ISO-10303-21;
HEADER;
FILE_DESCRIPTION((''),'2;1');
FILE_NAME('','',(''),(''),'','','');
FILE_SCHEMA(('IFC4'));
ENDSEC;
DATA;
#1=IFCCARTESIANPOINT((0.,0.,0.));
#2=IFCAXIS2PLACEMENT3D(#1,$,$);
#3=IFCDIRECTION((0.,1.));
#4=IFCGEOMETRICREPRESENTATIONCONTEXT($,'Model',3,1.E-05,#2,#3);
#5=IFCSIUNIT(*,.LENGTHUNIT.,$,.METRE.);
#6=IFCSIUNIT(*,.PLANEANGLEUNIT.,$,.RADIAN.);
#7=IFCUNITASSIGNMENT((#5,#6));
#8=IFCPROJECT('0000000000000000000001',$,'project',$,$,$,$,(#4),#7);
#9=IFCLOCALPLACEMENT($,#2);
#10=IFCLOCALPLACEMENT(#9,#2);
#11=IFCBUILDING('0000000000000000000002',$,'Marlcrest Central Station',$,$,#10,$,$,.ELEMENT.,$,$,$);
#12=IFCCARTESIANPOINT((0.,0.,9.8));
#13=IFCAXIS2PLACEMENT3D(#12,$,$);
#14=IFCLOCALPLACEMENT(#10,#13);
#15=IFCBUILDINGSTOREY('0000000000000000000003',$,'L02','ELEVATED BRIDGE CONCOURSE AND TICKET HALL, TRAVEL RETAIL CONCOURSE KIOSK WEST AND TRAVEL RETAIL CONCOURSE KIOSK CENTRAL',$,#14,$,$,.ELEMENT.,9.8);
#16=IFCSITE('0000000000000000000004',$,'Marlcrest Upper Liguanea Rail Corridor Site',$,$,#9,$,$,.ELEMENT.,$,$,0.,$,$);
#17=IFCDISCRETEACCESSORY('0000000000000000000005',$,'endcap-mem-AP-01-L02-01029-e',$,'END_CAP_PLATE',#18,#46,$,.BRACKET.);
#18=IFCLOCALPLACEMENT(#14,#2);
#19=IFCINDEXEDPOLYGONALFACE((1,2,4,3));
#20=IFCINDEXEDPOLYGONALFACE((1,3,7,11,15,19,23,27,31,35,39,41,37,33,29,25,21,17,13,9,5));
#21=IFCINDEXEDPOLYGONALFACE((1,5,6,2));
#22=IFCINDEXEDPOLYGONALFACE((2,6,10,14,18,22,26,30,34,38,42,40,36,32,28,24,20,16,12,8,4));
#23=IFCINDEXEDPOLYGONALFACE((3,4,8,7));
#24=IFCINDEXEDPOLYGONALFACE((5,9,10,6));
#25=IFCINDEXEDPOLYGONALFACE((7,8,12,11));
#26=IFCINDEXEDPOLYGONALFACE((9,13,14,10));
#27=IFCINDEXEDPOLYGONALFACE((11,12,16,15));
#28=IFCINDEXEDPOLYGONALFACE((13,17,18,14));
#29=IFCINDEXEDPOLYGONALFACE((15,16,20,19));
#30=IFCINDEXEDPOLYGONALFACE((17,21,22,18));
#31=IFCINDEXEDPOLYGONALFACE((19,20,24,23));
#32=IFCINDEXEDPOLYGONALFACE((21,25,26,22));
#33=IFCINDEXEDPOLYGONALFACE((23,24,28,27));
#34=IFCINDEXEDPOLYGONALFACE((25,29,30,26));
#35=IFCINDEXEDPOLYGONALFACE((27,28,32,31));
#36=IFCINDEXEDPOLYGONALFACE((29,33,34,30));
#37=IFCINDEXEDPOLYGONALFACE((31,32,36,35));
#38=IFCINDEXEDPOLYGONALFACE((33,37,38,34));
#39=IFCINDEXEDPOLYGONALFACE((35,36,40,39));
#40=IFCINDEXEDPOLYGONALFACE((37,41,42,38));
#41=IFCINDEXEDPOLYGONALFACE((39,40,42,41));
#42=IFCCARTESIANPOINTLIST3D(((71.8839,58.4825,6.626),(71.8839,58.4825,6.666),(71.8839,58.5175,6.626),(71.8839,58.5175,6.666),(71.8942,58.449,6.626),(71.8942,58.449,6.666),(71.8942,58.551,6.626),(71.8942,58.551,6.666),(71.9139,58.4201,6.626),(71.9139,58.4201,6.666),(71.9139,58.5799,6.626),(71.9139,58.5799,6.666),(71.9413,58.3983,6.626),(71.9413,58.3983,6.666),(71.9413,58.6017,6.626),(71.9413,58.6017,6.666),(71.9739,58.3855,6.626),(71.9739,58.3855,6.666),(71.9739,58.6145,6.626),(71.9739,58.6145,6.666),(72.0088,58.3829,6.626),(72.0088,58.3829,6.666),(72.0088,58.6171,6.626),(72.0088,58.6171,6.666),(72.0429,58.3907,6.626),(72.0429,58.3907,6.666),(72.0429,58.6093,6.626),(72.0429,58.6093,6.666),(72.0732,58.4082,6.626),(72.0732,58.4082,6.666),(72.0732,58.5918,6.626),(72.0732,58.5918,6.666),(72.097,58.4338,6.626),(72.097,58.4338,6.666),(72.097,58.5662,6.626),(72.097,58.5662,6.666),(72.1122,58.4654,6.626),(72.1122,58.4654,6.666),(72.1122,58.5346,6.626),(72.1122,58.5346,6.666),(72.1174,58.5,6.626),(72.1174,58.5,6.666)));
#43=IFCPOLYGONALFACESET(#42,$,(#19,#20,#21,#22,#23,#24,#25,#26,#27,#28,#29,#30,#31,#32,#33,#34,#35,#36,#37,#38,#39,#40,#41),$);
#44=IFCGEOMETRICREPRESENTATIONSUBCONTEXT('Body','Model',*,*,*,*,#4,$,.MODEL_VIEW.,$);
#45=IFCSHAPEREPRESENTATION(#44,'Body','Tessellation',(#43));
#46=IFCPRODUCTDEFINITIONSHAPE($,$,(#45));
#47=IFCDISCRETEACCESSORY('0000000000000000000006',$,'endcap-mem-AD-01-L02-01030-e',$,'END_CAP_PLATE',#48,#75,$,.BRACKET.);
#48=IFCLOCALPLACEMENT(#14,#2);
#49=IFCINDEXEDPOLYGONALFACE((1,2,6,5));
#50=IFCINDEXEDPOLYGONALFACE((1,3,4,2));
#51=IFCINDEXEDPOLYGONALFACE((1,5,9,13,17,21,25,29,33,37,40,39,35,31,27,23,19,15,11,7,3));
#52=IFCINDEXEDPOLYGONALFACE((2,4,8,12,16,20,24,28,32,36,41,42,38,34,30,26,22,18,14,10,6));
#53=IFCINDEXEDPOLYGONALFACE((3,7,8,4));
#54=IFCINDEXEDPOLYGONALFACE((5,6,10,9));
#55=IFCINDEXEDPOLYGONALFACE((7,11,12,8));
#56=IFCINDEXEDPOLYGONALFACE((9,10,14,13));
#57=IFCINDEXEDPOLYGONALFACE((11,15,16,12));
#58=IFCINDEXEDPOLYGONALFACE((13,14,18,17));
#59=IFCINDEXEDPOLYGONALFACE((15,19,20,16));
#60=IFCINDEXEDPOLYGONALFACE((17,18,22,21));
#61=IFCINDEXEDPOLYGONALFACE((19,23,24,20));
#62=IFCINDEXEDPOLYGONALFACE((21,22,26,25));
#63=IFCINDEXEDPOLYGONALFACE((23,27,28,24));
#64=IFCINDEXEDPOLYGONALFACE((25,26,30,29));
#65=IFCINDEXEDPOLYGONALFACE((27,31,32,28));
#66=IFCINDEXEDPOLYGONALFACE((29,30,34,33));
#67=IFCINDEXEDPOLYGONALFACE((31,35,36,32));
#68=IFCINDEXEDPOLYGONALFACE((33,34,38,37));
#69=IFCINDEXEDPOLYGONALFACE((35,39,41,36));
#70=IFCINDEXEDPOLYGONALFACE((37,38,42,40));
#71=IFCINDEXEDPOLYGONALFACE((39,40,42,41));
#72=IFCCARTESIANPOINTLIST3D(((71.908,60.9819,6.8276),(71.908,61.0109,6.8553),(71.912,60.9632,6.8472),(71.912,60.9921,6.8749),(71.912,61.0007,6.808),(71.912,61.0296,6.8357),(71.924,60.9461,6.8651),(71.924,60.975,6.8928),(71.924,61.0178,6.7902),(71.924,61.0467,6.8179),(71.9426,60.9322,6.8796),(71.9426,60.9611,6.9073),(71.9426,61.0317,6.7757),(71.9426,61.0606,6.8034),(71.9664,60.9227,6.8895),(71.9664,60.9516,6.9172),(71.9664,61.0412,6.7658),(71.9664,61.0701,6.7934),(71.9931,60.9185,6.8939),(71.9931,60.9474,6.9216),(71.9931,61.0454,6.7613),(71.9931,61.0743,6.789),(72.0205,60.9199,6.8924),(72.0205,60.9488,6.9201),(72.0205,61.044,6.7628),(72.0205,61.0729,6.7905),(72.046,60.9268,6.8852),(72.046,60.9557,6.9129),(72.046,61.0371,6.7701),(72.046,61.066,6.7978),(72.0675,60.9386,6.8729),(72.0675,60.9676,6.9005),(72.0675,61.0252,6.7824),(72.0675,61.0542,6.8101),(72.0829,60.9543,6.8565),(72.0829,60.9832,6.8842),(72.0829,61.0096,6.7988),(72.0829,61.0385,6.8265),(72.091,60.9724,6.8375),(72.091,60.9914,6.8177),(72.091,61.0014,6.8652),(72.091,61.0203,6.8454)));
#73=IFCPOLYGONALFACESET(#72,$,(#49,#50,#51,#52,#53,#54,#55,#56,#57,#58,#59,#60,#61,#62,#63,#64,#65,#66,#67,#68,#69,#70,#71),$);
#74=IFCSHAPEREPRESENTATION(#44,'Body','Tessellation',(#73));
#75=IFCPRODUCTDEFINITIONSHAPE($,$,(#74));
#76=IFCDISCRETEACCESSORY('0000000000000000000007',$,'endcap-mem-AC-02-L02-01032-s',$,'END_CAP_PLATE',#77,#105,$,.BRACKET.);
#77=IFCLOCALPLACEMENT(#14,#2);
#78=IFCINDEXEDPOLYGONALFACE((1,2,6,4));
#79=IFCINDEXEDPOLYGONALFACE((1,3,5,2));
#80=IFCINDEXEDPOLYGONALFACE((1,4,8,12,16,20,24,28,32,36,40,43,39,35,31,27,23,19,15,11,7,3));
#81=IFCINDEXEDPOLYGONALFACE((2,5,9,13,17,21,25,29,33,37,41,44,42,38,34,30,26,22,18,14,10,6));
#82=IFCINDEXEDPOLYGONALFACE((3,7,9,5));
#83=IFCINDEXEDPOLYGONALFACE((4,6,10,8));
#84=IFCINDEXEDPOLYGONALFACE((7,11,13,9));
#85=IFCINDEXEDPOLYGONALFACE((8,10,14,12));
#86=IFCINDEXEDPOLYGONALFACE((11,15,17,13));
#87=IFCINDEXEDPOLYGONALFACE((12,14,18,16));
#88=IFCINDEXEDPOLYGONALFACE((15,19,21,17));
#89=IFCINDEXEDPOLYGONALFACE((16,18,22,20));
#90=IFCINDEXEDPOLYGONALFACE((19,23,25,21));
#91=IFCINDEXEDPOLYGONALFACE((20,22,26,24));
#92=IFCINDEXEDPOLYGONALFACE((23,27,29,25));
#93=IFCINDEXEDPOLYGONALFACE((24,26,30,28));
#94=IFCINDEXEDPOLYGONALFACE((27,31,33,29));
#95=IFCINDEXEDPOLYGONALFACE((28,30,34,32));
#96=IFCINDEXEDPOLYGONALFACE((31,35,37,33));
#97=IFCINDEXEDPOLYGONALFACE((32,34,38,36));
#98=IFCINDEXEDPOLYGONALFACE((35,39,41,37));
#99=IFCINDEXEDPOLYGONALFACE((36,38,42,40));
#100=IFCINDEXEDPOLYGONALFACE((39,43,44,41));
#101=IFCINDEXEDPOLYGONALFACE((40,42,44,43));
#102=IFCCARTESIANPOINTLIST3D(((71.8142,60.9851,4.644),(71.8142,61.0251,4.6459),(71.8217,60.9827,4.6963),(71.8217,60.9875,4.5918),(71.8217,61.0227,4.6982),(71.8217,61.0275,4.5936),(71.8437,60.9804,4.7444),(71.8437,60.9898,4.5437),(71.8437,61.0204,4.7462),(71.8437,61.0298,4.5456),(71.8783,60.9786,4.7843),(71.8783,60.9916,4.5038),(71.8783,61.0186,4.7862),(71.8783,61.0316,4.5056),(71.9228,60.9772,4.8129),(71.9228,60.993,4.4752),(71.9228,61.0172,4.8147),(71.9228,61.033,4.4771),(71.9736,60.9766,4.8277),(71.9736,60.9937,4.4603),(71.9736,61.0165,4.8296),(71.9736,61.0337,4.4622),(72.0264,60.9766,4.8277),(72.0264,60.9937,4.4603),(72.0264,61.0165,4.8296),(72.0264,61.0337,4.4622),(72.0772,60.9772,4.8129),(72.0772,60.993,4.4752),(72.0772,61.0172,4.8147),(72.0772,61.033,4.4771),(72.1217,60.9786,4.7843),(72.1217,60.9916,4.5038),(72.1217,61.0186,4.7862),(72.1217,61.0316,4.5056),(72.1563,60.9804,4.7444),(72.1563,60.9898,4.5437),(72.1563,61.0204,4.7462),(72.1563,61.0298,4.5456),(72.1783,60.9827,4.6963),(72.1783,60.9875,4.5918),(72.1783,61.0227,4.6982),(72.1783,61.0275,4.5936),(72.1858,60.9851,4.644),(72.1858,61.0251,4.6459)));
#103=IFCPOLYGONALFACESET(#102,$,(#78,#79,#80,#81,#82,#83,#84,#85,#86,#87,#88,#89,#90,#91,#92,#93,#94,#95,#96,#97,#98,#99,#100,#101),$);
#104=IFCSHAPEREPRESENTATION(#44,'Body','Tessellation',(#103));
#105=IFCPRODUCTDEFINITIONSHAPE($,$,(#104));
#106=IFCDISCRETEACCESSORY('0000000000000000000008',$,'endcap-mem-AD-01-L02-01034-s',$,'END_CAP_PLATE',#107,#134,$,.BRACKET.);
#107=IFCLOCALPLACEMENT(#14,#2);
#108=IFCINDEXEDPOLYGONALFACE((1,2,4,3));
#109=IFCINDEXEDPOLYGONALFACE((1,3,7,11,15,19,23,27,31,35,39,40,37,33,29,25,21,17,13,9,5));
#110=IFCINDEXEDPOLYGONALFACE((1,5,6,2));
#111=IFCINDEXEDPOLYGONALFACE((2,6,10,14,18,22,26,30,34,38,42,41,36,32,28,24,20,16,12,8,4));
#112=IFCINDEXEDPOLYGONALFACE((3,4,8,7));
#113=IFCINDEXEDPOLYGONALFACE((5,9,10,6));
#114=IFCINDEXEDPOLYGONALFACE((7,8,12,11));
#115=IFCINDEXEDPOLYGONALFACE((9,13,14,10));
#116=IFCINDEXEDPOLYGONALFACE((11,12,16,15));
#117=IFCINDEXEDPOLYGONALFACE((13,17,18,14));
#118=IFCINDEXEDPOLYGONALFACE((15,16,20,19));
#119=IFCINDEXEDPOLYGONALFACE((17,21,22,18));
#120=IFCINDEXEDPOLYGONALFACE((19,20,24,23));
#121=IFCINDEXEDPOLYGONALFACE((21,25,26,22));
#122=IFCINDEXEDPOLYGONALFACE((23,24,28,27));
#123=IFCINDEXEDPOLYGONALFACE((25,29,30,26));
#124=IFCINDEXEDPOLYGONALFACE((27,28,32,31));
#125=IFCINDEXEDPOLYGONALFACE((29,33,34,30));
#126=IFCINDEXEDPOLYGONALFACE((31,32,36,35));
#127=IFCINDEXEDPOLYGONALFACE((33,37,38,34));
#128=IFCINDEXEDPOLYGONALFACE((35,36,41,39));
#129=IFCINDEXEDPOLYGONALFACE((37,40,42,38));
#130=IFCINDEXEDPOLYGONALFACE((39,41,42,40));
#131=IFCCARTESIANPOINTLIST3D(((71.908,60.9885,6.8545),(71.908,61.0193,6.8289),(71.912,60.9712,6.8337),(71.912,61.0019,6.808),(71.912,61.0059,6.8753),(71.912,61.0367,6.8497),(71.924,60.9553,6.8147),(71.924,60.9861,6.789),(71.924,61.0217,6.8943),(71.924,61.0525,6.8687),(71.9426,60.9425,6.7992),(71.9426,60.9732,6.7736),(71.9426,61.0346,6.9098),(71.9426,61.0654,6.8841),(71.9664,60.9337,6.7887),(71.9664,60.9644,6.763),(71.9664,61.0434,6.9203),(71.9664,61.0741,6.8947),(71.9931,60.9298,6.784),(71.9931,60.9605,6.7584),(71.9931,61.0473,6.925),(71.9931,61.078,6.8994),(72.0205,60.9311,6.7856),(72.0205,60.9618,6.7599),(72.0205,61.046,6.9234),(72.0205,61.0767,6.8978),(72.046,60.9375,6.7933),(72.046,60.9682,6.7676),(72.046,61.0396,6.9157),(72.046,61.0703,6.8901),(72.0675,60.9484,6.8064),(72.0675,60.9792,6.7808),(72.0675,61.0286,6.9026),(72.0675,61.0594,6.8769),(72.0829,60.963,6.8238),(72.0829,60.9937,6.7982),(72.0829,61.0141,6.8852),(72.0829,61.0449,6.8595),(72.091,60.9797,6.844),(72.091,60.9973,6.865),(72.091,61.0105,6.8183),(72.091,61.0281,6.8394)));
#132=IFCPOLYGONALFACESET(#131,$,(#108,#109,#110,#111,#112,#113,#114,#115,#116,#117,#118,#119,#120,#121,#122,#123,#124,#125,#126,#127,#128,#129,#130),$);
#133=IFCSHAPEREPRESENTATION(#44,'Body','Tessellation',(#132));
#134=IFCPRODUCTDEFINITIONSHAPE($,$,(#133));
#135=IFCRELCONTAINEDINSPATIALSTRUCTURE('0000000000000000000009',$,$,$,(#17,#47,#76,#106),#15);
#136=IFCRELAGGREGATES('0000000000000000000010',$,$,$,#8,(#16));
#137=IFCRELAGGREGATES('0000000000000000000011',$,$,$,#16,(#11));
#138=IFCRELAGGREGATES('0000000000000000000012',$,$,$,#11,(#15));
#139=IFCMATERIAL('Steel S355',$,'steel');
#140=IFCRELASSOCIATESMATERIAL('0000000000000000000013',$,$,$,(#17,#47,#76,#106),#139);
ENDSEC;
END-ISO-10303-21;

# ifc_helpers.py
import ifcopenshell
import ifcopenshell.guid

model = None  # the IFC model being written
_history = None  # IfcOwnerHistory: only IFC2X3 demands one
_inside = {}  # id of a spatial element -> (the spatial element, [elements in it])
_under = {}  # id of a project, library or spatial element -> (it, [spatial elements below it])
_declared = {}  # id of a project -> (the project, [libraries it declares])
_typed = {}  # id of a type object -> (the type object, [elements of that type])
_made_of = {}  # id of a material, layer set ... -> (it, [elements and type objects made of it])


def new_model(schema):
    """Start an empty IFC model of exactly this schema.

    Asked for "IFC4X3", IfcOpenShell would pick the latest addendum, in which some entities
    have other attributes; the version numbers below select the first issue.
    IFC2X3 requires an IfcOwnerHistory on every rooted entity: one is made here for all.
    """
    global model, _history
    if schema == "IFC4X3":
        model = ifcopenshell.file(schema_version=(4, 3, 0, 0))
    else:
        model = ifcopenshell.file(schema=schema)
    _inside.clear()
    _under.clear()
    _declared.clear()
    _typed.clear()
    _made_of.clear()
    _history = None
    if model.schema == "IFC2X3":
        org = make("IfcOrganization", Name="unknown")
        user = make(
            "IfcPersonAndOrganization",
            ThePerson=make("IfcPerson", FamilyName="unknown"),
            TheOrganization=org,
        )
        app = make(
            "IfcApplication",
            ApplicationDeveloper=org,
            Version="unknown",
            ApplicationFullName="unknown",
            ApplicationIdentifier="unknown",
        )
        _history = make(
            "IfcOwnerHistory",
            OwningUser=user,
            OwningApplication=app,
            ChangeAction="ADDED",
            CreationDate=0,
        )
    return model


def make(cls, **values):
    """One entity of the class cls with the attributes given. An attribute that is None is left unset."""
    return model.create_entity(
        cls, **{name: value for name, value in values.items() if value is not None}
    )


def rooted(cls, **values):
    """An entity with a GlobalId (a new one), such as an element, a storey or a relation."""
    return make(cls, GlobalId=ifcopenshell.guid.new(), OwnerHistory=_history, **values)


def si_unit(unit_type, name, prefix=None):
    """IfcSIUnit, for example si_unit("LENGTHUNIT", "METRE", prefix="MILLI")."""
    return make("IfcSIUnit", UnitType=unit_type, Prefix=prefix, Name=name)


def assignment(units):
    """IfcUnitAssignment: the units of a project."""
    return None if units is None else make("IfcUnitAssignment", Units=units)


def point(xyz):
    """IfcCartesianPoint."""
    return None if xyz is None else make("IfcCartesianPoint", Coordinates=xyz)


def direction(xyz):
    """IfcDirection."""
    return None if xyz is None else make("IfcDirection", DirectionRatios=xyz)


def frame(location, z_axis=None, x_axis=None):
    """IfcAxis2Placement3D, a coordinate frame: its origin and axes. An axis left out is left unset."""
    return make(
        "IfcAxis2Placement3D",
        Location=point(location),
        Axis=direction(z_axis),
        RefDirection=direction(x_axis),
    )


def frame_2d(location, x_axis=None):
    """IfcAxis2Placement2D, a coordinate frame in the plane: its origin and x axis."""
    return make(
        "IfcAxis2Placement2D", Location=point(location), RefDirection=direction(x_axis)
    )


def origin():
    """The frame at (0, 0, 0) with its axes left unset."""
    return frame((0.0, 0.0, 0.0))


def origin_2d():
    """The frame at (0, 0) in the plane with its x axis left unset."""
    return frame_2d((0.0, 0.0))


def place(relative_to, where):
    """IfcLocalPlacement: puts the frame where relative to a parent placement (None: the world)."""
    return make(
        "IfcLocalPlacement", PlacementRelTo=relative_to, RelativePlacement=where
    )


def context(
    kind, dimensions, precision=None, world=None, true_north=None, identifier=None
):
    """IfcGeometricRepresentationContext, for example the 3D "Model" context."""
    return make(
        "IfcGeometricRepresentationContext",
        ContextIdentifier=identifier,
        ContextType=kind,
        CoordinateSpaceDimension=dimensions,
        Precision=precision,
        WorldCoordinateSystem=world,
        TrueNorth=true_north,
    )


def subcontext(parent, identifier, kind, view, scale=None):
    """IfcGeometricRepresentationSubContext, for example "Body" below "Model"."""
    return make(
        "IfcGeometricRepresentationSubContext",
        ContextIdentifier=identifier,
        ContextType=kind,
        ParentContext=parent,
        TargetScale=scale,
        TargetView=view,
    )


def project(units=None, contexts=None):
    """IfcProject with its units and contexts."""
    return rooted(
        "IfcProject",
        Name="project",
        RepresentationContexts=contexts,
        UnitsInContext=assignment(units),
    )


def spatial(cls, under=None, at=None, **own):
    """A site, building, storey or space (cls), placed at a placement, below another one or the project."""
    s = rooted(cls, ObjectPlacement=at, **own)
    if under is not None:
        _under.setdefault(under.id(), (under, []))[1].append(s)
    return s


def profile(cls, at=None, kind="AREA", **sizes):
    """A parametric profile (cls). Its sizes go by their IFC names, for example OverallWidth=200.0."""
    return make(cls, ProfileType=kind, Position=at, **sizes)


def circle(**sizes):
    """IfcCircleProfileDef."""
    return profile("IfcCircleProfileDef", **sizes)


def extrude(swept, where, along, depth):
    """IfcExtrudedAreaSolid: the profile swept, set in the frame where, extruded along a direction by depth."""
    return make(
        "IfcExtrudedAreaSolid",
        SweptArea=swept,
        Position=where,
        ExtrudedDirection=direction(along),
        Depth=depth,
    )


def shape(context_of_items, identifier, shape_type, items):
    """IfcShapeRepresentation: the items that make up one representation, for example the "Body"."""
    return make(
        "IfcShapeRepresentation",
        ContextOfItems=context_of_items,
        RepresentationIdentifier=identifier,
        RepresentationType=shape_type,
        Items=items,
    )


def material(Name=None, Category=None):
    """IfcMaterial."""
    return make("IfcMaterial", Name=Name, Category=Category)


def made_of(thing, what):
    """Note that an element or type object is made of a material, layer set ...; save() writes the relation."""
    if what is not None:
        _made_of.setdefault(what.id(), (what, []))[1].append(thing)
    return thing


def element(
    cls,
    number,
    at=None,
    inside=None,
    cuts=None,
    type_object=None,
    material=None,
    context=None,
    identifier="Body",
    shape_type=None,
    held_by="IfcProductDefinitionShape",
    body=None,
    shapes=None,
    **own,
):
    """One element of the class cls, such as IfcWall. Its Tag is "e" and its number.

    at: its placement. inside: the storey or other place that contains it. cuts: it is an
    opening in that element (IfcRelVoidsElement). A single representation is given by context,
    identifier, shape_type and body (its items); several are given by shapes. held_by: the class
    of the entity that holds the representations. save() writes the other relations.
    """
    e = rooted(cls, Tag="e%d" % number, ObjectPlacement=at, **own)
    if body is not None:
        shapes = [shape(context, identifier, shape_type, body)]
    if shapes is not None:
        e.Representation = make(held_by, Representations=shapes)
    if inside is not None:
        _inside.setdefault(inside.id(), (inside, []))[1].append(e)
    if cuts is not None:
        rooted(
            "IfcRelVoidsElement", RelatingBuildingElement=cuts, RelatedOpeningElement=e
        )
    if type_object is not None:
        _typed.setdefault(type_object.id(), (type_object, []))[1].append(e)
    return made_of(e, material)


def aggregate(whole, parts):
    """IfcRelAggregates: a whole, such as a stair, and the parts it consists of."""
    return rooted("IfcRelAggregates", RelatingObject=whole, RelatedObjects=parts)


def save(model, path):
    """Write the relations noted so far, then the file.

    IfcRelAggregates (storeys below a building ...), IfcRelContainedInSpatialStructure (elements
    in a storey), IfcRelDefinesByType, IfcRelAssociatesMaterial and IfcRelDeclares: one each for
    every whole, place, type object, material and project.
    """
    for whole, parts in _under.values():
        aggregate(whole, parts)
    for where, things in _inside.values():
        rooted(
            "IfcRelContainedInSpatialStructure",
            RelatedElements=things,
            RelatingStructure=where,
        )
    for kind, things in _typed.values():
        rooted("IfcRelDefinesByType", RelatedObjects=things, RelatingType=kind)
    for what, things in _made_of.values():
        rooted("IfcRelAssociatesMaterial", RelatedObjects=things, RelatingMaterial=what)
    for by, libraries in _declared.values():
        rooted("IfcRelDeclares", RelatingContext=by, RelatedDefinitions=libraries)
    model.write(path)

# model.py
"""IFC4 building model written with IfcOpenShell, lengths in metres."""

from ifc_helpers import new_model, si_unit, direction, frame, origin, origin_2d, place, context, subcontext, project, spatial, circle, extrude, material, element, save


model = new_model("IFC4")

# Units and contexts
model_context = context("Model", 3, precision=1e-05, world=origin(), true_north=direction((0.0, 1.0)))
body_context = subcontext(model_context, "Body", "Model", "MODEL_VIEW")
ifc_project = project(units=[si_unit("LENGTHUNIT", "METRE"), si_unit("PLANEANGLEUNIT", "RADIAN")], contexts=[model_context])

# Site, building, storey
site_placement = place(None, origin())
site = spatial("IfcSite", under=ifc_project, at=site_placement, Name="Marlcrest Upper Liguanea Rail Corridor Site", CompositionType="ELEMENT", RefElevation=0.0)
building_placement = place(site_placement, origin())
building = spatial("IfcBuilding", under=site, at=building_placement, Name="Marlcrest Central Station", CompositionType="ELEMENT")
storey_placement = place(building_placement, frame((0.0, 0.0, 9.8)))
storey = spatial("IfcBuildingStorey", under=building, at=storey_placement, Name="L02", Description="ELEVATED BRIDGE CONCOURSE AND TICKET HALL, TRAVEL RETAIL CONCOURSE KIOSK WEST AND TRAVEL RETAIL CONCOURSE KIOSK CENTRAL", CompositionType="ELEMENT", Elevation=9.8)

# Shared definitions
ifc_material = material(Name="Steel S355", Category="steel")

# Discrete accessories
for number, where, z_axis, x_axis, name in (
    (1, (72.0, 58.5, 6.626), (0.0, 0.0, 1.0), (1.0, 0.0, 0.0), "endcap-mem-AP-01-L02-01029-e"),
):
    element("IfcDiscreteAccessory", number, at=place(storey_placement, frame(where, z_axis=z_axis, x_axis=x_axis)), inside=storey, material=ifc_material, Name=name, ObjectType="END_CAP_PLATE", PredefinedType="BRACKET", context=body_context, shape_type="SweptSolid", body=[
        extrude(circle(Radius=0.1174, at=origin_2d()), origin(), (0.0, 0.0, 1.0), 0.04),
    ])
discrete_accessory_1_placement = place(storey_placement, frame((72.0, 60.9819, 6.8276), z_axis=(0.0, 0.722247, 0.691636), x_axis=(-1.0, 0.0, 0.0)))
element("IfcDiscreteAccessory", 2, at=discrete_accessory_1_placement, inside=storey, material=ifc_material, Name="endcap-mem-AD-01-L02-01030-e", ObjectType="END_CAP_PLATE", PredefinedType="BRACKET", context=body_context, shape_type="SweptSolid", body=[
    extrude(circle(Radius=0.092, at=origin_2d()), origin(), (0.0, 0.0, 1.0), 0.04),
])
discrete_accessory_2_placement = place(storey_placement, frame((72.0, 60.9851, 4.644), z_axis=(0.0, 0.998917, 0.046532), x_axis=(-1.0, 0.0, 0.0)))
element("IfcDiscreteAccessory", 3, at=discrete_accessory_2_placement, inside=storey, material=ifc_material, Name="endcap-mem-AC-02-L02-01032-s", ObjectType="END_CAP_PLATE", PredefinedType="BRACKET", context=body_context, shape_type="SweptSolid", body=[
    extrude(circle(Radius=0.1858, at=origin_2d()), origin(), (0.0, 0.0, 1.0), 0.04),
])
discrete_accessory_3_placement = place(storey_placement, frame((72.0, 60.9885, 6.8545), z_axis=(0.0, 0.76816, -0.640258), x_axis=(-1.0, 0.0, 0.0)))
element("IfcDiscreteAccessory", 4, at=discrete_accessory_3_placement, inside=storey, material=ifc_material, Name="endcap-mem-AD-01-L02-01034-s", ObjectType="END_CAP_PLATE", PredefinedType="BRACKET", context=body_context, shape_type="SweptSolid", body=[
    extrude(circle(Radius=0.092, at=origin_2d()), origin(), (0.0, 0.0, 1.0), 0.04),
])

save(model, "model.ifc")
